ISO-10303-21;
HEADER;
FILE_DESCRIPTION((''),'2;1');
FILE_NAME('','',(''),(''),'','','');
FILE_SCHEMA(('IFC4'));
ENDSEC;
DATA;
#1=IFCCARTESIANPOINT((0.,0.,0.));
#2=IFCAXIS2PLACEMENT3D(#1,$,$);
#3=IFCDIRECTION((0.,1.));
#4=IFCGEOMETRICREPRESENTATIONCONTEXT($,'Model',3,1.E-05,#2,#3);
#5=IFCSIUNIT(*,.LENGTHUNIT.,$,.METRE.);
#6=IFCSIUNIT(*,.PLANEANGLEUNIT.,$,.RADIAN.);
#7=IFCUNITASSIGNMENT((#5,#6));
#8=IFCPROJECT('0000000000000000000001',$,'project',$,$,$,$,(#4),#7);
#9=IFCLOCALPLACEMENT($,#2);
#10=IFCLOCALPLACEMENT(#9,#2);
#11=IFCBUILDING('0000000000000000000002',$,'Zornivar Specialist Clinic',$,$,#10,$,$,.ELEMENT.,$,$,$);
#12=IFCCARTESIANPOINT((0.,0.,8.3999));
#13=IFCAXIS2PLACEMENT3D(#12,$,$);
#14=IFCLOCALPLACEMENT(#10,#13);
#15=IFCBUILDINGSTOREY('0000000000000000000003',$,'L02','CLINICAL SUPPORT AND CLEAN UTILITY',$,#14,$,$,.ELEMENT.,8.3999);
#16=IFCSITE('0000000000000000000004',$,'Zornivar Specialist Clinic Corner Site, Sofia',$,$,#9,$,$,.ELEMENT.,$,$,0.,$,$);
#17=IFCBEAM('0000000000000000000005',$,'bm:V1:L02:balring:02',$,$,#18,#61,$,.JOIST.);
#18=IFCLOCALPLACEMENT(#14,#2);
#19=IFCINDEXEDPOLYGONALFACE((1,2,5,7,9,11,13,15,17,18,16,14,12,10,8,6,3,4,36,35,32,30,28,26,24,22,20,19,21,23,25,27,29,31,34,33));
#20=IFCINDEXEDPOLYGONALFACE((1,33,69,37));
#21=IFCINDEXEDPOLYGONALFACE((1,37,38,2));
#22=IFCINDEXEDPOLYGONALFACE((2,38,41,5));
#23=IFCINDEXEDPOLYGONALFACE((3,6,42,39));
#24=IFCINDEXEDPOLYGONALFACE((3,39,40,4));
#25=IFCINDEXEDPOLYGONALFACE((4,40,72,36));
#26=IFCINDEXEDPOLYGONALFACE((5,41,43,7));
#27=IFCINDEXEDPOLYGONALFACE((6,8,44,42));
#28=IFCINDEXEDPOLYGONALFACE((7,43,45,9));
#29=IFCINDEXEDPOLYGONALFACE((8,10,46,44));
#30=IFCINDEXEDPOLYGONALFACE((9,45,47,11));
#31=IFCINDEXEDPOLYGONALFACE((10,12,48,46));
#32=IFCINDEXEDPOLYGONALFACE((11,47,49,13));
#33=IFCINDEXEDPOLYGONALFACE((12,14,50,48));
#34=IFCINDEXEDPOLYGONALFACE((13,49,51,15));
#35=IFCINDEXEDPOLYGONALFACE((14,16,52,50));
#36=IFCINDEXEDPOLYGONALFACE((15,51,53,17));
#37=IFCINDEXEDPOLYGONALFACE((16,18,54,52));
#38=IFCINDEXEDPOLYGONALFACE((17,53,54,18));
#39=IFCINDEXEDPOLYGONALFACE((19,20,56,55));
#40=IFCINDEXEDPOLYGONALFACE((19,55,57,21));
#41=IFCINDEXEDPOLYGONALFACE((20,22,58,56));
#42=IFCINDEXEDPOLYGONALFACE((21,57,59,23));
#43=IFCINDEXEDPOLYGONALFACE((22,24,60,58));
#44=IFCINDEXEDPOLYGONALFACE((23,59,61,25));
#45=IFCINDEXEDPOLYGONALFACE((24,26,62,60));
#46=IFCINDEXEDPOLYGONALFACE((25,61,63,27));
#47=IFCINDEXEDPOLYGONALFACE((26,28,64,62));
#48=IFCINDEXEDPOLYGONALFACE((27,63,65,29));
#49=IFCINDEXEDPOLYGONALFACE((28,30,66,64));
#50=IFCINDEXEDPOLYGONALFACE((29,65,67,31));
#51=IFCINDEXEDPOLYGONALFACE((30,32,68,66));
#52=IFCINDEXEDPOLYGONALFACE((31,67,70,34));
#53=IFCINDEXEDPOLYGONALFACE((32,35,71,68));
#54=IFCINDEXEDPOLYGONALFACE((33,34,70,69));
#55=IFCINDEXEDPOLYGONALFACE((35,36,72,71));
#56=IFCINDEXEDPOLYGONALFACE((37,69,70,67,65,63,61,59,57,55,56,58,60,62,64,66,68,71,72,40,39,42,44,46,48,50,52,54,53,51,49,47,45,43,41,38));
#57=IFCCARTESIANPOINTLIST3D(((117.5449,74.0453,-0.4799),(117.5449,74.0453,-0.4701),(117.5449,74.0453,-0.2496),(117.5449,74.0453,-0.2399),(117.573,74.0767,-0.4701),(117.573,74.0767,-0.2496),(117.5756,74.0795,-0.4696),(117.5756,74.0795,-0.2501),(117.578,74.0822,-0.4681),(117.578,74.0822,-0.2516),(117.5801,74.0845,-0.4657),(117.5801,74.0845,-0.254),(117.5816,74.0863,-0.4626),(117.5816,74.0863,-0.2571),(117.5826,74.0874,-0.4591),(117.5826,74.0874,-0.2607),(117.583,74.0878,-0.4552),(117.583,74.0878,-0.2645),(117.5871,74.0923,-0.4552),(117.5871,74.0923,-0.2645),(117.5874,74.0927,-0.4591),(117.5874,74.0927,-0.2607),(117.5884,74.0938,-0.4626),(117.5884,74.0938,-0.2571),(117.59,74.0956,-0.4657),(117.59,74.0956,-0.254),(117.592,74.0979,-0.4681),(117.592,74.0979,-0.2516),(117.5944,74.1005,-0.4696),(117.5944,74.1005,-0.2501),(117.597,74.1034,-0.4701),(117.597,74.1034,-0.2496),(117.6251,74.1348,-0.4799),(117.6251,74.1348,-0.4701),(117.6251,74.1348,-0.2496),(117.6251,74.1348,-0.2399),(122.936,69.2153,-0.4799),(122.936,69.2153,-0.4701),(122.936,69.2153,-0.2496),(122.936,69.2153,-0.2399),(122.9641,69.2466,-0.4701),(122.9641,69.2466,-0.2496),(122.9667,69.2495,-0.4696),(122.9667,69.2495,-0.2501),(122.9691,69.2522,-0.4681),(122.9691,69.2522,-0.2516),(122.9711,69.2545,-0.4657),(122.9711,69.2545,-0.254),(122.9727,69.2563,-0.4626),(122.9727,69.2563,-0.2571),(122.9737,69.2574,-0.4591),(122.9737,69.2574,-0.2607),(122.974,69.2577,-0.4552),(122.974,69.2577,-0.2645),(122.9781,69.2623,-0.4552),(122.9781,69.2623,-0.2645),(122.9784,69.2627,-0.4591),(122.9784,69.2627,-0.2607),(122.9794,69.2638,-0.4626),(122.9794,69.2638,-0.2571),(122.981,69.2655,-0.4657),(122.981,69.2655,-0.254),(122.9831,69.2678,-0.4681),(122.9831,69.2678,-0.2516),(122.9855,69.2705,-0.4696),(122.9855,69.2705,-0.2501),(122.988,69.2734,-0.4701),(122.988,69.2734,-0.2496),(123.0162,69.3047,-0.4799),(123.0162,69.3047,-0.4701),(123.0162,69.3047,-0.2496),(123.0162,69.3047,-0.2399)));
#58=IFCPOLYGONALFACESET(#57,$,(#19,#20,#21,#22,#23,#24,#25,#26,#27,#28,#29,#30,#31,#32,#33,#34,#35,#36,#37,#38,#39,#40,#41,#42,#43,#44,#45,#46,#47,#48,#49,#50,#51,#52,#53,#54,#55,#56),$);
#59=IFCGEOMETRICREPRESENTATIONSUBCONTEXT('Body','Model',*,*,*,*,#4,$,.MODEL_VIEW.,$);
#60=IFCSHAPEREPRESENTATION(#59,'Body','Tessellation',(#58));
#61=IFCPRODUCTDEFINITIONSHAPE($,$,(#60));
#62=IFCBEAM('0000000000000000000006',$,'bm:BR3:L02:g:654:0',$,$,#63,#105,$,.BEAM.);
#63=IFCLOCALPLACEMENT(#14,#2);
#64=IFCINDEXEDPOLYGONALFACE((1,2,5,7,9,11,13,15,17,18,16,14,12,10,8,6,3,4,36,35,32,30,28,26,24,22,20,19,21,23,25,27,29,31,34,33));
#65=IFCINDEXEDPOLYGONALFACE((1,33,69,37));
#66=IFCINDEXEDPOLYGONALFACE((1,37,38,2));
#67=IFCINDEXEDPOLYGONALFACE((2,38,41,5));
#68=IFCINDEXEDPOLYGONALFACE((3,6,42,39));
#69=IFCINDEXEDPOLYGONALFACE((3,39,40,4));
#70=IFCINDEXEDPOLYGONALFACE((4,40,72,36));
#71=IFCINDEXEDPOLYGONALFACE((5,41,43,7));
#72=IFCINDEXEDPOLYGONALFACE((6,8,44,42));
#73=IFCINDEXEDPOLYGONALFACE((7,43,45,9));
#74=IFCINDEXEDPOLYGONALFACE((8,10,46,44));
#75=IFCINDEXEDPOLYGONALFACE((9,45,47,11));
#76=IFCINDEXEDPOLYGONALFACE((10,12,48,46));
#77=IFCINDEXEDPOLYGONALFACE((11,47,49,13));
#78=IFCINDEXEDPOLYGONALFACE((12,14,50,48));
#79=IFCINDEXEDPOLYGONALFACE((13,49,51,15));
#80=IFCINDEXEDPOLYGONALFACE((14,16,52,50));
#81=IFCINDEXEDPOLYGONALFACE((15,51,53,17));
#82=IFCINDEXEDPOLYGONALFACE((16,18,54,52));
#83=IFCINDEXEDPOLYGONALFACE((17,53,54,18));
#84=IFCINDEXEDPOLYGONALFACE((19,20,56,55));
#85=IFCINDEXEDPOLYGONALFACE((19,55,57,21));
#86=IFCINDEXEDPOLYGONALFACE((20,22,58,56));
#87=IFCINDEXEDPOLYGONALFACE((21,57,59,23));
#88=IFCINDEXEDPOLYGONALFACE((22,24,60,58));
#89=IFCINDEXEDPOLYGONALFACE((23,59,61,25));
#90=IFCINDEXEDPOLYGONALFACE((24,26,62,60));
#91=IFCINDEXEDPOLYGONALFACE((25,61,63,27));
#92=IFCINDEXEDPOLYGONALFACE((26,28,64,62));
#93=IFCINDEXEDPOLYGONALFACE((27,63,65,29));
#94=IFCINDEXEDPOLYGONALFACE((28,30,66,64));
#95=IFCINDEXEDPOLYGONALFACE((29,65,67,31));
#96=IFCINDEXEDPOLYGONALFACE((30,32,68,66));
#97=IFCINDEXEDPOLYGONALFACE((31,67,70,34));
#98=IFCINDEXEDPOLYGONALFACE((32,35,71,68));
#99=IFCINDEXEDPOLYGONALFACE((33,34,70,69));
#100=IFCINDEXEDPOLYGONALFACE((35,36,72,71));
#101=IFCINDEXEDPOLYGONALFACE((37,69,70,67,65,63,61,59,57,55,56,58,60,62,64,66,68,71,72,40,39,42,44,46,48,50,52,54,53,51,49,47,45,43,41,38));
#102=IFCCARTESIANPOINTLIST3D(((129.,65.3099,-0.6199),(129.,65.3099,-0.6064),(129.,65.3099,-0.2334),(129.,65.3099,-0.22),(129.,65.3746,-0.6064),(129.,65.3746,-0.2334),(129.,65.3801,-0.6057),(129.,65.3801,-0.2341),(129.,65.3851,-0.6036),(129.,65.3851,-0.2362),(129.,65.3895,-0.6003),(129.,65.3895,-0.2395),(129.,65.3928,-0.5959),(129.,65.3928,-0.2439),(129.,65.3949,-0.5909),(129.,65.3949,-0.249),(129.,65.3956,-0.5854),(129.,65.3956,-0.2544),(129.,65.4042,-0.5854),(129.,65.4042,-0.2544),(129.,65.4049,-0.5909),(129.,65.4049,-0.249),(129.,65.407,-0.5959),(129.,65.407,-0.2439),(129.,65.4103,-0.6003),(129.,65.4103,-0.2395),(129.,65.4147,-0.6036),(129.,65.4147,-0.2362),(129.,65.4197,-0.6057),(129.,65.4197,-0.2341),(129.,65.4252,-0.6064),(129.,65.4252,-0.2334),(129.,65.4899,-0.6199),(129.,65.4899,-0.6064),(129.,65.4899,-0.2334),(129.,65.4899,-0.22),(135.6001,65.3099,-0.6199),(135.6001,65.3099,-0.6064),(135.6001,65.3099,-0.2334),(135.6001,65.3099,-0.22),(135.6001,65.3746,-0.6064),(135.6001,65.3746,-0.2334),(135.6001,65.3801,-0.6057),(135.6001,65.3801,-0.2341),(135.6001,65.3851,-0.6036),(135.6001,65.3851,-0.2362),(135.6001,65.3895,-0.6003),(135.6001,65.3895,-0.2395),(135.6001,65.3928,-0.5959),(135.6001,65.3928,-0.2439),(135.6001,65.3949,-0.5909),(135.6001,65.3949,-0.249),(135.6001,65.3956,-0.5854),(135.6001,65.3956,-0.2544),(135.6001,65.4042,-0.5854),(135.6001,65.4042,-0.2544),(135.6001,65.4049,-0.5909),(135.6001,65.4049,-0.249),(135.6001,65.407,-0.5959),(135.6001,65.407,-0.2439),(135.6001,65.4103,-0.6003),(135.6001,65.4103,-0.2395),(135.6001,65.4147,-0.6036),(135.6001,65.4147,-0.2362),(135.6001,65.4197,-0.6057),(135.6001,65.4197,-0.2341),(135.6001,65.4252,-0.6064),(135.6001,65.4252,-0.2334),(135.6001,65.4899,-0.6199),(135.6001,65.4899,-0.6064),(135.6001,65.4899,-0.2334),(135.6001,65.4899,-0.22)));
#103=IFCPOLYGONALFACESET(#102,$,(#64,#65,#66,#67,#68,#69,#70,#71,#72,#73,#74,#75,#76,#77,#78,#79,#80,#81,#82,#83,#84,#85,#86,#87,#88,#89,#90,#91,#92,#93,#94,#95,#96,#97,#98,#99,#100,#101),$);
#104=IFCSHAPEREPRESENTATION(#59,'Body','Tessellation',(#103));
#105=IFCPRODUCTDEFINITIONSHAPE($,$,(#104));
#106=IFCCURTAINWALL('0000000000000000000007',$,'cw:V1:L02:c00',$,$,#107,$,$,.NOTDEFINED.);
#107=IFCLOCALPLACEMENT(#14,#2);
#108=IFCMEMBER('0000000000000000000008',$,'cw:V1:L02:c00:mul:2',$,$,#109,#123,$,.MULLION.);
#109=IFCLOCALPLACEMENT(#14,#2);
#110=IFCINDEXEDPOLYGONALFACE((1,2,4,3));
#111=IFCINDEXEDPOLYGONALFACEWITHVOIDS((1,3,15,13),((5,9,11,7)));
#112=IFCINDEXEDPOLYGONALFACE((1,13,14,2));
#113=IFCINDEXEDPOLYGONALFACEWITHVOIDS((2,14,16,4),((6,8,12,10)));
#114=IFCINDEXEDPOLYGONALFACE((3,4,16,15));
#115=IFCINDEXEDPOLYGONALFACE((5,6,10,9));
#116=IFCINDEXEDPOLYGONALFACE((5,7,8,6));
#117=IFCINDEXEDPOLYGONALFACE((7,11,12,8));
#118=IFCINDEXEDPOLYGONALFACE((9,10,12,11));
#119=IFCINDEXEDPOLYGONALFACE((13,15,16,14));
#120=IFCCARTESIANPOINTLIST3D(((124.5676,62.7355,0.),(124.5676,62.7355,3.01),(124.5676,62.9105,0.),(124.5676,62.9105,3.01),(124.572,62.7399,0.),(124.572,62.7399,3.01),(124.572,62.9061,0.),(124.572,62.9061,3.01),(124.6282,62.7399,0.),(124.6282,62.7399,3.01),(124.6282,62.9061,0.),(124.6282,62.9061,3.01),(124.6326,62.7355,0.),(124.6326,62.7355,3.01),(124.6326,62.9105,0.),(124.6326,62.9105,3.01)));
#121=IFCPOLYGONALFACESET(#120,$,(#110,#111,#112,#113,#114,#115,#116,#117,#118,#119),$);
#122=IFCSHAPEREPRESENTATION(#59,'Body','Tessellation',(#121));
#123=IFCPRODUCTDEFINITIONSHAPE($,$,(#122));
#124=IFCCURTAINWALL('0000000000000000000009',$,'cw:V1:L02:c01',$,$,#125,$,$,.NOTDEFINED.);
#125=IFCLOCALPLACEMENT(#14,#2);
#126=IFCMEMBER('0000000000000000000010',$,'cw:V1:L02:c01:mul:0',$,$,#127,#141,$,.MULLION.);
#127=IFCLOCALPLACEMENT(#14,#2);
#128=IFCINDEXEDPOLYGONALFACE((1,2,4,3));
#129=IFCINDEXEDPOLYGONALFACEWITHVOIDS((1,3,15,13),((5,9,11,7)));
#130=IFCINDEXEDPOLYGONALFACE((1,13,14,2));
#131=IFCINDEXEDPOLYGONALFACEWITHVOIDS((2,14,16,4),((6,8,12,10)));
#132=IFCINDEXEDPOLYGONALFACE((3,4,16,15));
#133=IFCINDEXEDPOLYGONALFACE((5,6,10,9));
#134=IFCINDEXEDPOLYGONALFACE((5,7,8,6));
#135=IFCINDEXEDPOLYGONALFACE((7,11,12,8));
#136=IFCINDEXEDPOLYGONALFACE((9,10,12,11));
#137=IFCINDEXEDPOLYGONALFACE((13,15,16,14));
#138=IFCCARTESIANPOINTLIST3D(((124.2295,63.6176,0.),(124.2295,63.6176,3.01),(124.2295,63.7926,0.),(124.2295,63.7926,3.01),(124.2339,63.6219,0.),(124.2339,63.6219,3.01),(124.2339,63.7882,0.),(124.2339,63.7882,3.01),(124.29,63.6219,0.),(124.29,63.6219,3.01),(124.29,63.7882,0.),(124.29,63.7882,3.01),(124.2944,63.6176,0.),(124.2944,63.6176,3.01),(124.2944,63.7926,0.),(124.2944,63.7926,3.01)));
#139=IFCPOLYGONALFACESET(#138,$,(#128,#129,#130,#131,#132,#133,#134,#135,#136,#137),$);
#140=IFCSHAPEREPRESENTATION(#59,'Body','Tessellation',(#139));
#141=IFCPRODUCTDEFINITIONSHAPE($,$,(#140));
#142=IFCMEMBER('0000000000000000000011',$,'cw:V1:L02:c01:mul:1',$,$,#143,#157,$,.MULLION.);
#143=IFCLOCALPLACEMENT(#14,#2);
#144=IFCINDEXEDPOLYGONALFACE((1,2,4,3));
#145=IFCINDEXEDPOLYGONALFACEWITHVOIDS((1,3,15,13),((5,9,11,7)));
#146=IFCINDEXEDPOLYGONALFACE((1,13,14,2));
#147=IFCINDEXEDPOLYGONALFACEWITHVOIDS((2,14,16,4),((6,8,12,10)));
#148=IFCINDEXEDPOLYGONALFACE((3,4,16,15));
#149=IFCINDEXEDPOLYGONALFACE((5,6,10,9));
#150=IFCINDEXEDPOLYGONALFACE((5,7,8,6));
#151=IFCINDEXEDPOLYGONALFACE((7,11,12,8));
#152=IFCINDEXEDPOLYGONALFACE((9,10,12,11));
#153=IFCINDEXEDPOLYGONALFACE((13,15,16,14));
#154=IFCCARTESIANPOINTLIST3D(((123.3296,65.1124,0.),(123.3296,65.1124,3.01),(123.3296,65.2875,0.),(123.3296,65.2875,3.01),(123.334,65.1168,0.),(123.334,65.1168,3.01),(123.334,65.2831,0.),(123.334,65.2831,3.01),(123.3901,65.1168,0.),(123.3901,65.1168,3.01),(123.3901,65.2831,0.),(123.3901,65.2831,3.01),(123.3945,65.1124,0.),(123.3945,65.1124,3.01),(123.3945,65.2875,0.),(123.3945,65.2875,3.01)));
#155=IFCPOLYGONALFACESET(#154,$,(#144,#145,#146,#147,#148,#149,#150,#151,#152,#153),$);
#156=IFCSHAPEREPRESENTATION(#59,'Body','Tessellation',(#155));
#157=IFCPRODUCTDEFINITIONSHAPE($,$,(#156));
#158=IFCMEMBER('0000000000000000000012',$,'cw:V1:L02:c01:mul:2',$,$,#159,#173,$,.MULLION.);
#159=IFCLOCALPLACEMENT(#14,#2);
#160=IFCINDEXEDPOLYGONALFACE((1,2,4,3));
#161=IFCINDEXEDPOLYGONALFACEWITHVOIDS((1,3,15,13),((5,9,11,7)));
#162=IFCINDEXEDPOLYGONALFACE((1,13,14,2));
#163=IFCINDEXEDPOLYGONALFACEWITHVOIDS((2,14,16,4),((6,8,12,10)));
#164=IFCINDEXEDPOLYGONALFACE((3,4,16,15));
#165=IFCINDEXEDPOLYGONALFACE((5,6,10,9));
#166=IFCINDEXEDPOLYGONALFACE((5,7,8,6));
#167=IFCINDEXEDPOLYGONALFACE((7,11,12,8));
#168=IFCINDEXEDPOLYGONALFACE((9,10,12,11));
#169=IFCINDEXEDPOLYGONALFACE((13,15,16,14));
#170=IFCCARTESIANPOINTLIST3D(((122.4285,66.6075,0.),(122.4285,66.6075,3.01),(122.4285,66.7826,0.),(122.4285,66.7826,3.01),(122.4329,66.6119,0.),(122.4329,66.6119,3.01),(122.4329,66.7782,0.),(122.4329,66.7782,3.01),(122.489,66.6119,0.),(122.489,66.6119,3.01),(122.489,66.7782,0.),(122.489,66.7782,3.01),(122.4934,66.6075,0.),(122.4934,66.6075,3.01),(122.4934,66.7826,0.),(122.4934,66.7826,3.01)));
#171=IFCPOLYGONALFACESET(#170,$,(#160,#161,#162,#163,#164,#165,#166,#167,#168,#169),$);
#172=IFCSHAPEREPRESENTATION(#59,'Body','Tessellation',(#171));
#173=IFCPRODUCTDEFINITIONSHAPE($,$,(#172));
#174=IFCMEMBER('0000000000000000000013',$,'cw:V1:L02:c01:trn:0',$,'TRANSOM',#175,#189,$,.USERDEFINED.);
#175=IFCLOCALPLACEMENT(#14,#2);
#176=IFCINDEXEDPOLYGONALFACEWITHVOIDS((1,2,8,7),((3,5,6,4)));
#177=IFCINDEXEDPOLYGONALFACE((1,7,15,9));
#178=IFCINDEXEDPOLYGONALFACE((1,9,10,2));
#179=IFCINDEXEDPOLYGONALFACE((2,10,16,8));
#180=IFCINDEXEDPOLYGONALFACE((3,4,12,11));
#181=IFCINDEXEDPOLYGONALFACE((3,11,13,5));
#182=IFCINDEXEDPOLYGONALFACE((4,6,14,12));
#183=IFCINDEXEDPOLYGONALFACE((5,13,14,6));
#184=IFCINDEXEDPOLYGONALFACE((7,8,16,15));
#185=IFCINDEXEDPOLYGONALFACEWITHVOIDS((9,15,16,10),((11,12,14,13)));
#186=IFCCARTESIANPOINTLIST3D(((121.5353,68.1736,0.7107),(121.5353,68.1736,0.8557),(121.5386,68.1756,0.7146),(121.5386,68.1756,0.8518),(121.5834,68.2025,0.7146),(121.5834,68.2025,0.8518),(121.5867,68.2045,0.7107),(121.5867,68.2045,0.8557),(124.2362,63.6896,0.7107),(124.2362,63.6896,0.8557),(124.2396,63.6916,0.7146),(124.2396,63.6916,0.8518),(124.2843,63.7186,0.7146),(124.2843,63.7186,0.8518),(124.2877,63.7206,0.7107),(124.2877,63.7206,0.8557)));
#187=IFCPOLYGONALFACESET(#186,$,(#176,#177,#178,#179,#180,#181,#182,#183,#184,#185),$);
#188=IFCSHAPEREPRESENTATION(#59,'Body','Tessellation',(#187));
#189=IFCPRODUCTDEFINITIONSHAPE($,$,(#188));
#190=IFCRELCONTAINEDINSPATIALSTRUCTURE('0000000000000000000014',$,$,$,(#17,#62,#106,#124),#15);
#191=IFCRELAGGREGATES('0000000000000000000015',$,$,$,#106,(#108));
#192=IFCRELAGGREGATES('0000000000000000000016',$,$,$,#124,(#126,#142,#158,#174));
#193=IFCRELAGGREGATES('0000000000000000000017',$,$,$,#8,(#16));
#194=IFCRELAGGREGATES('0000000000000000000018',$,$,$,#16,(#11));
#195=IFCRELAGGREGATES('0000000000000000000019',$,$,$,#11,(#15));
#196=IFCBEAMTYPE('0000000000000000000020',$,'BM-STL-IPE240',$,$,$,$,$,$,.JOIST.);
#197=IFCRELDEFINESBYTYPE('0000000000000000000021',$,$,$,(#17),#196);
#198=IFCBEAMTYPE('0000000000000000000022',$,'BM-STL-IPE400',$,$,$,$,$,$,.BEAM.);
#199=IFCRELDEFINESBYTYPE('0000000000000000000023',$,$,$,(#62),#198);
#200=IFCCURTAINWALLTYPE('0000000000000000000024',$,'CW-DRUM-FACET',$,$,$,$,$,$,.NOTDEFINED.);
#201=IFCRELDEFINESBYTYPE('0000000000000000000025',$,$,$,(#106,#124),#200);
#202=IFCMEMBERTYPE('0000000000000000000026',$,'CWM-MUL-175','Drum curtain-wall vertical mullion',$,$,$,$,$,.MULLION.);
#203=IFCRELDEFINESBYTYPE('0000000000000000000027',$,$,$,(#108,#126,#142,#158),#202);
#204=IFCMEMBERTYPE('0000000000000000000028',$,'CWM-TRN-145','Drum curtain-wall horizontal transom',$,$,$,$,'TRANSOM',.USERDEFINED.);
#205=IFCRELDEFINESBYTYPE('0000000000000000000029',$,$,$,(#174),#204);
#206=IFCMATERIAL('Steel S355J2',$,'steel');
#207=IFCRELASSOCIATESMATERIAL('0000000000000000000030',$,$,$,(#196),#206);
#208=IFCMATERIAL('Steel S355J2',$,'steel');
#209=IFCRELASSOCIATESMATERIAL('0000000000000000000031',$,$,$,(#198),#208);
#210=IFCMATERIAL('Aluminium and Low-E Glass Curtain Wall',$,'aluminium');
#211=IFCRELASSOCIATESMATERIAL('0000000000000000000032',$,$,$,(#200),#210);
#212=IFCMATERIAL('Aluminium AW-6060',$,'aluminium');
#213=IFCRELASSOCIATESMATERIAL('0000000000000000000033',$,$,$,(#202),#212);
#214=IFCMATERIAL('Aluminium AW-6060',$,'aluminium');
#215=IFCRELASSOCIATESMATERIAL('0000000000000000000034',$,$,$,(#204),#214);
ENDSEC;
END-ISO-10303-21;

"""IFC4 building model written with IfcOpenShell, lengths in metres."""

from ifc_helpers import new_model, si_unit, direction, frame, origin, origin_2d, place, context, subcontext, project, spatial, hollow_rectangle, i_section, extrude, material, material_profile, profile_set, type_object, element, aggregate, save


model = new_model("IFC4")

# Units and contexts
model_context = context("Model", 3, precision=1e-05, world=origin(), true_north=direction((0.0, 1.0)))
body_context = subcontext(model_context, "Body", "Model", "MODEL_VIEW")
ifc_project = project(units=[si_unit("LENGTHUNIT", "METRE"), si_unit("PLANEANGLEUNIT", "RADIAN")], contexts=[model_context])

# Site, building, storey
site_placement = place(None, origin())
site = spatial("IfcSite", under=ifc_project, at=site_placement, Name="Zornivar Specialist Clinic Corner Site, Sofia", CompositionType="ELEMENT", RefElevation=0.0)
building_placement = place(site_placement, origin())
building = spatial("IfcBuilding", under=site, at=building_placement, Name="Zornivar Specialist Clinic", CompositionType="ELEMENT")
storey_placement = place(building_placement, frame((0.0, 0.0, 8.3999)))
storey = spatial("IfcBuildingStorey", under=building, at=storey_placement, Name="L02", Description="CLINICAL SUPPORT AND CLEAN UTILITY", CompositionType="ELEMENT", Elevation=8.3999)

# Beams
ifc_material_1 = material(Name="Steel S355J2", Category="steel")
ifc_material_profile_1 = material_profile(ifc_material_1, i_section(OverallWidth=0.1201, OverallDepth=0.24, WebThickness=0.0061, FlangeThickness=0.0098, FilletRadius=0.0149, at=origin_2d()), Name="IPE 240")
ifc_profile_set_1 = profile_set([ifc_material_profile_1], Name="Steel S355J2")
beam_type_1 = type_object("IfcBeamType", Name="BM-STL-IPE240", PredefinedType="JOIST", material=ifc_profile_set_1)
beam_1_placement = place(storey_placement, frame((122.9761, 69.26, -0.3599), z_axis=(-0.744798, 0.66729, 0.0), x_axis=(-0.66729, -0.744798, 0.0)))
element("IfcBeam", 1, at=beam_1_placement, inside=storey, type_object=beam_type_1, Name="bm:V1:L02:balring:02", PredefinedType="JOIST", context=body_context, shape_type="SweptSolid", body=[
    extrude(i_section(OverallWidth=0.1201, OverallDepth=0.24, WebThickness=0.0061, FlangeThickness=0.0098, FilletRadius=0.0149, at=origin_2d()), origin(), (0.0, 0.0, 1.0), 7.2383),
])
ifc_material_2 = material(Name="Steel S355J2", Category="steel")
ifc_material_profile_2 = material_profile(ifc_material_2, i_section(OverallWidth=0.1799, OverallDepth=0.3999, WebThickness=0.0085, FlangeThickness=0.0134, FilletRadius=0.021, at=origin_2d()), Name="IPE 400")
ifc_profile_set_2 = profile_set([ifc_material_profile_2], Name="Steel S355J2")
beam_type_2 = type_object("IfcBeamType", Name="BM-STL-IPE400", PredefinedType="BEAM", material=ifc_profile_set_2)
beam_2_placement = place(storey_placement, frame((129.0, 65.3999, -0.4199), z_axis=(1.0, 0.0, 0.0), x_axis=(0.0, 1.0, 0.0)))
element("IfcBeam", 2, at=beam_2_placement, inside=storey, type_object=beam_type_2, Name="bm:BR3:L02:g:654:0", PredefinedType="BEAM", context=body_context, shape_type="SweptSolid", body=[
    extrude(i_section(OverallWidth=0.1799, OverallDepth=0.3999, WebThickness=0.0085, FlangeThickness=0.0134, FilletRadius=0.021, at=origin_2d()), origin(), (0.0, 0.0, 1.0), 6.6001),
])

# Curtain wall, member
ifc_material_3 = material(Name="Aluminium and Low-E Glass Curtain Wall", Category="aluminium")
curtain_wall_type = type_object("IfcCurtainWallType", Name="CW-DRUM-FACET", PredefinedType="NOTDEFINED", material=ifc_material_3)
curtain_wall_1_placement = place(storey_placement, origin())
curtain_wall_1 = element("IfcCurtainWall", 3, at=curtain_wall_1_placement, inside=storey, type_object=curtain_wall_type, Name="cw:V1:L02:c00", PredefinedType="NOTDEFINED")
ifc_material_4 = material(Name="Aluminium AW-6060", Category="aluminium")
ifc_material_profile_3 = material_profile(ifc_material_4, hollow_rectangle(XDim=0.0649, YDim=0.175, WallThickness=0.0044, at=origin_2d()), Name="ALU 65x175x4.5")
ifc_profile_set_3 = profile_set([ifc_material_profile_3], Name="Aluminium AW-6060")
member_type_1 = type_object("IfcMemberType", Name="CWM-MUL-175", Description="Drum curtain-wall vertical mullion", PredefinedType="MULLION", material=ifc_profile_set_3)
member_1_placement = place(storey_placement, frame((124.6001, 62.823, 0.0), z_axis=(0.0, 0.0, 1.0), x_axis=(1.0, 0.0, 0.0)))
member_1 = element("IfcMember", 4, at=member_1_placement, type_object=member_type_1, Name="cw:V1:L02:c00:mul:2", PredefinedType="MULLION", context=body_context, shape_type="SweptSolid", body=[
    extrude(hollow_rectangle(XDim=0.0649, YDim=0.175, WallThickness=0.0044, at=origin_2d()), origin(), (0.0, 0.0, 1.0), 3.01),
])

# Curtain wall, members
curtain_wall_2_placement = place(storey_placement, origin())
curtain_wall_2 = element("IfcCurtainWall", 5, at=curtain_wall_2_placement, inside=storey, type_object=curtain_wall_type, Name="cw:V1:L02:c01", PredefinedType="NOTDEFINED")
member_2_placement = place(storey_placement, frame((124.262, 63.7051, 0.0), z_axis=(0.0, 0.0, 1.0), x_axis=(1.0, 0.0, 0.0)))
member_2 = element("IfcMember", 6, at=member_2_placement, type_object=member_type_1, Name="cw:V1:L02:c01:mul:0", PredefinedType="MULLION", context=body_context, shape_type="SweptSolid", body=[
    extrude(hollow_rectangle(XDim=0.0649, YDim=0.175, WallThickness=0.0044, at=origin_2d()), origin(), (0.0, 0.0, 1.0), 3.01),
])
member_3_placement = place(storey_placement, frame((123.3621, 65.2, 0.0), z_axis=(0.0, 0.0, 1.0), x_axis=(1.0, 0.0, 0.0)))
member_3 = element("IfcMember", 7, at=member_3_placement, type_object=member_type_1, Name="cw:V1:L02:c01:mul:1", PredefinedType="MULLION", context=body_context, shape_type="SweptSolid", body=[
    extrude(hollow_rectangle(XDim=0.0649, YDim=0.175, WallThickness=0.0044, at=origin_2d()), origin(), (0.0, 0.0, 1.0), 3.01),
])
member_4_placement = place(storey_placement, frame((122.4609, 66.6951, 0.0), z_axis=(0.0, 0.0, 1.0), x_axis=(1.0, 0.0, 0.0)))
member_4 = element("IfcMember", 8, at=member_4_placement, type_object=member_type_1, Name="cw:V1:L02:c01:mul:2", PredefinedType="MULLION", context=body_context, shape_type="SweptSolid", body=[
    extrude(hollow_rectangle(XDim=0.0649, YDim=0.175, WallThickness=0.0044, at=origin_2d()), origin(), (0.0, 0.0, 1.0), 3.01),
])
ifc_material_5 = material(Name="Aluminium AW-6060", Category="aluminium")
ifc_material_profile_4 = material_profile(ifc_material_5, hollow_rectangle(XDim=0.0601, YDim=0.145, WallThickness=0.0039, at=origin_2d()), Name="ALU 60x145x4")
ifc_profile_set_4 = profile_set([ifc_material_profile_4], Name="Aluminium AW-6060")
member_type_2 = type_object("IfcMemberType", Name="CWM-TRN-145", Description="Drum curtain-wall horizontal transom", ElementType="TRANSOM", PredefinedType="USERDEFINED", material=ifc_profile_set_4)
member_5_placement = place(storey_placement, frame((124.262, 63.7051, 0.7832), z_axis=(-0.515983, 0.856599, 0.0), x_axis=(-0.856599, -0.515983, 0.0)))
member_5 = element("IfcMember", 9, at=member_5_placement, type_object=member_type_2, Name="cw:V1:L02:c01:trn:0", ObjectType="TRANSOM", PredefinedType="USERDEFINED", context=body_context, shape_type="SweptSolid", body=[
    extrude(hollow_rectangle(XDim=0.0601, YDim=0.145, WallThickness=0.0039, at=origin_2d()), origin(), (0.0, 0.0, 1.0), 5.2346),
])

aggregate(curtain_wall_1, [member_1])
aggregate(curtain_wall_2, [member_2, member_3, member_4, member_5])

save(model, "model.ifc")
